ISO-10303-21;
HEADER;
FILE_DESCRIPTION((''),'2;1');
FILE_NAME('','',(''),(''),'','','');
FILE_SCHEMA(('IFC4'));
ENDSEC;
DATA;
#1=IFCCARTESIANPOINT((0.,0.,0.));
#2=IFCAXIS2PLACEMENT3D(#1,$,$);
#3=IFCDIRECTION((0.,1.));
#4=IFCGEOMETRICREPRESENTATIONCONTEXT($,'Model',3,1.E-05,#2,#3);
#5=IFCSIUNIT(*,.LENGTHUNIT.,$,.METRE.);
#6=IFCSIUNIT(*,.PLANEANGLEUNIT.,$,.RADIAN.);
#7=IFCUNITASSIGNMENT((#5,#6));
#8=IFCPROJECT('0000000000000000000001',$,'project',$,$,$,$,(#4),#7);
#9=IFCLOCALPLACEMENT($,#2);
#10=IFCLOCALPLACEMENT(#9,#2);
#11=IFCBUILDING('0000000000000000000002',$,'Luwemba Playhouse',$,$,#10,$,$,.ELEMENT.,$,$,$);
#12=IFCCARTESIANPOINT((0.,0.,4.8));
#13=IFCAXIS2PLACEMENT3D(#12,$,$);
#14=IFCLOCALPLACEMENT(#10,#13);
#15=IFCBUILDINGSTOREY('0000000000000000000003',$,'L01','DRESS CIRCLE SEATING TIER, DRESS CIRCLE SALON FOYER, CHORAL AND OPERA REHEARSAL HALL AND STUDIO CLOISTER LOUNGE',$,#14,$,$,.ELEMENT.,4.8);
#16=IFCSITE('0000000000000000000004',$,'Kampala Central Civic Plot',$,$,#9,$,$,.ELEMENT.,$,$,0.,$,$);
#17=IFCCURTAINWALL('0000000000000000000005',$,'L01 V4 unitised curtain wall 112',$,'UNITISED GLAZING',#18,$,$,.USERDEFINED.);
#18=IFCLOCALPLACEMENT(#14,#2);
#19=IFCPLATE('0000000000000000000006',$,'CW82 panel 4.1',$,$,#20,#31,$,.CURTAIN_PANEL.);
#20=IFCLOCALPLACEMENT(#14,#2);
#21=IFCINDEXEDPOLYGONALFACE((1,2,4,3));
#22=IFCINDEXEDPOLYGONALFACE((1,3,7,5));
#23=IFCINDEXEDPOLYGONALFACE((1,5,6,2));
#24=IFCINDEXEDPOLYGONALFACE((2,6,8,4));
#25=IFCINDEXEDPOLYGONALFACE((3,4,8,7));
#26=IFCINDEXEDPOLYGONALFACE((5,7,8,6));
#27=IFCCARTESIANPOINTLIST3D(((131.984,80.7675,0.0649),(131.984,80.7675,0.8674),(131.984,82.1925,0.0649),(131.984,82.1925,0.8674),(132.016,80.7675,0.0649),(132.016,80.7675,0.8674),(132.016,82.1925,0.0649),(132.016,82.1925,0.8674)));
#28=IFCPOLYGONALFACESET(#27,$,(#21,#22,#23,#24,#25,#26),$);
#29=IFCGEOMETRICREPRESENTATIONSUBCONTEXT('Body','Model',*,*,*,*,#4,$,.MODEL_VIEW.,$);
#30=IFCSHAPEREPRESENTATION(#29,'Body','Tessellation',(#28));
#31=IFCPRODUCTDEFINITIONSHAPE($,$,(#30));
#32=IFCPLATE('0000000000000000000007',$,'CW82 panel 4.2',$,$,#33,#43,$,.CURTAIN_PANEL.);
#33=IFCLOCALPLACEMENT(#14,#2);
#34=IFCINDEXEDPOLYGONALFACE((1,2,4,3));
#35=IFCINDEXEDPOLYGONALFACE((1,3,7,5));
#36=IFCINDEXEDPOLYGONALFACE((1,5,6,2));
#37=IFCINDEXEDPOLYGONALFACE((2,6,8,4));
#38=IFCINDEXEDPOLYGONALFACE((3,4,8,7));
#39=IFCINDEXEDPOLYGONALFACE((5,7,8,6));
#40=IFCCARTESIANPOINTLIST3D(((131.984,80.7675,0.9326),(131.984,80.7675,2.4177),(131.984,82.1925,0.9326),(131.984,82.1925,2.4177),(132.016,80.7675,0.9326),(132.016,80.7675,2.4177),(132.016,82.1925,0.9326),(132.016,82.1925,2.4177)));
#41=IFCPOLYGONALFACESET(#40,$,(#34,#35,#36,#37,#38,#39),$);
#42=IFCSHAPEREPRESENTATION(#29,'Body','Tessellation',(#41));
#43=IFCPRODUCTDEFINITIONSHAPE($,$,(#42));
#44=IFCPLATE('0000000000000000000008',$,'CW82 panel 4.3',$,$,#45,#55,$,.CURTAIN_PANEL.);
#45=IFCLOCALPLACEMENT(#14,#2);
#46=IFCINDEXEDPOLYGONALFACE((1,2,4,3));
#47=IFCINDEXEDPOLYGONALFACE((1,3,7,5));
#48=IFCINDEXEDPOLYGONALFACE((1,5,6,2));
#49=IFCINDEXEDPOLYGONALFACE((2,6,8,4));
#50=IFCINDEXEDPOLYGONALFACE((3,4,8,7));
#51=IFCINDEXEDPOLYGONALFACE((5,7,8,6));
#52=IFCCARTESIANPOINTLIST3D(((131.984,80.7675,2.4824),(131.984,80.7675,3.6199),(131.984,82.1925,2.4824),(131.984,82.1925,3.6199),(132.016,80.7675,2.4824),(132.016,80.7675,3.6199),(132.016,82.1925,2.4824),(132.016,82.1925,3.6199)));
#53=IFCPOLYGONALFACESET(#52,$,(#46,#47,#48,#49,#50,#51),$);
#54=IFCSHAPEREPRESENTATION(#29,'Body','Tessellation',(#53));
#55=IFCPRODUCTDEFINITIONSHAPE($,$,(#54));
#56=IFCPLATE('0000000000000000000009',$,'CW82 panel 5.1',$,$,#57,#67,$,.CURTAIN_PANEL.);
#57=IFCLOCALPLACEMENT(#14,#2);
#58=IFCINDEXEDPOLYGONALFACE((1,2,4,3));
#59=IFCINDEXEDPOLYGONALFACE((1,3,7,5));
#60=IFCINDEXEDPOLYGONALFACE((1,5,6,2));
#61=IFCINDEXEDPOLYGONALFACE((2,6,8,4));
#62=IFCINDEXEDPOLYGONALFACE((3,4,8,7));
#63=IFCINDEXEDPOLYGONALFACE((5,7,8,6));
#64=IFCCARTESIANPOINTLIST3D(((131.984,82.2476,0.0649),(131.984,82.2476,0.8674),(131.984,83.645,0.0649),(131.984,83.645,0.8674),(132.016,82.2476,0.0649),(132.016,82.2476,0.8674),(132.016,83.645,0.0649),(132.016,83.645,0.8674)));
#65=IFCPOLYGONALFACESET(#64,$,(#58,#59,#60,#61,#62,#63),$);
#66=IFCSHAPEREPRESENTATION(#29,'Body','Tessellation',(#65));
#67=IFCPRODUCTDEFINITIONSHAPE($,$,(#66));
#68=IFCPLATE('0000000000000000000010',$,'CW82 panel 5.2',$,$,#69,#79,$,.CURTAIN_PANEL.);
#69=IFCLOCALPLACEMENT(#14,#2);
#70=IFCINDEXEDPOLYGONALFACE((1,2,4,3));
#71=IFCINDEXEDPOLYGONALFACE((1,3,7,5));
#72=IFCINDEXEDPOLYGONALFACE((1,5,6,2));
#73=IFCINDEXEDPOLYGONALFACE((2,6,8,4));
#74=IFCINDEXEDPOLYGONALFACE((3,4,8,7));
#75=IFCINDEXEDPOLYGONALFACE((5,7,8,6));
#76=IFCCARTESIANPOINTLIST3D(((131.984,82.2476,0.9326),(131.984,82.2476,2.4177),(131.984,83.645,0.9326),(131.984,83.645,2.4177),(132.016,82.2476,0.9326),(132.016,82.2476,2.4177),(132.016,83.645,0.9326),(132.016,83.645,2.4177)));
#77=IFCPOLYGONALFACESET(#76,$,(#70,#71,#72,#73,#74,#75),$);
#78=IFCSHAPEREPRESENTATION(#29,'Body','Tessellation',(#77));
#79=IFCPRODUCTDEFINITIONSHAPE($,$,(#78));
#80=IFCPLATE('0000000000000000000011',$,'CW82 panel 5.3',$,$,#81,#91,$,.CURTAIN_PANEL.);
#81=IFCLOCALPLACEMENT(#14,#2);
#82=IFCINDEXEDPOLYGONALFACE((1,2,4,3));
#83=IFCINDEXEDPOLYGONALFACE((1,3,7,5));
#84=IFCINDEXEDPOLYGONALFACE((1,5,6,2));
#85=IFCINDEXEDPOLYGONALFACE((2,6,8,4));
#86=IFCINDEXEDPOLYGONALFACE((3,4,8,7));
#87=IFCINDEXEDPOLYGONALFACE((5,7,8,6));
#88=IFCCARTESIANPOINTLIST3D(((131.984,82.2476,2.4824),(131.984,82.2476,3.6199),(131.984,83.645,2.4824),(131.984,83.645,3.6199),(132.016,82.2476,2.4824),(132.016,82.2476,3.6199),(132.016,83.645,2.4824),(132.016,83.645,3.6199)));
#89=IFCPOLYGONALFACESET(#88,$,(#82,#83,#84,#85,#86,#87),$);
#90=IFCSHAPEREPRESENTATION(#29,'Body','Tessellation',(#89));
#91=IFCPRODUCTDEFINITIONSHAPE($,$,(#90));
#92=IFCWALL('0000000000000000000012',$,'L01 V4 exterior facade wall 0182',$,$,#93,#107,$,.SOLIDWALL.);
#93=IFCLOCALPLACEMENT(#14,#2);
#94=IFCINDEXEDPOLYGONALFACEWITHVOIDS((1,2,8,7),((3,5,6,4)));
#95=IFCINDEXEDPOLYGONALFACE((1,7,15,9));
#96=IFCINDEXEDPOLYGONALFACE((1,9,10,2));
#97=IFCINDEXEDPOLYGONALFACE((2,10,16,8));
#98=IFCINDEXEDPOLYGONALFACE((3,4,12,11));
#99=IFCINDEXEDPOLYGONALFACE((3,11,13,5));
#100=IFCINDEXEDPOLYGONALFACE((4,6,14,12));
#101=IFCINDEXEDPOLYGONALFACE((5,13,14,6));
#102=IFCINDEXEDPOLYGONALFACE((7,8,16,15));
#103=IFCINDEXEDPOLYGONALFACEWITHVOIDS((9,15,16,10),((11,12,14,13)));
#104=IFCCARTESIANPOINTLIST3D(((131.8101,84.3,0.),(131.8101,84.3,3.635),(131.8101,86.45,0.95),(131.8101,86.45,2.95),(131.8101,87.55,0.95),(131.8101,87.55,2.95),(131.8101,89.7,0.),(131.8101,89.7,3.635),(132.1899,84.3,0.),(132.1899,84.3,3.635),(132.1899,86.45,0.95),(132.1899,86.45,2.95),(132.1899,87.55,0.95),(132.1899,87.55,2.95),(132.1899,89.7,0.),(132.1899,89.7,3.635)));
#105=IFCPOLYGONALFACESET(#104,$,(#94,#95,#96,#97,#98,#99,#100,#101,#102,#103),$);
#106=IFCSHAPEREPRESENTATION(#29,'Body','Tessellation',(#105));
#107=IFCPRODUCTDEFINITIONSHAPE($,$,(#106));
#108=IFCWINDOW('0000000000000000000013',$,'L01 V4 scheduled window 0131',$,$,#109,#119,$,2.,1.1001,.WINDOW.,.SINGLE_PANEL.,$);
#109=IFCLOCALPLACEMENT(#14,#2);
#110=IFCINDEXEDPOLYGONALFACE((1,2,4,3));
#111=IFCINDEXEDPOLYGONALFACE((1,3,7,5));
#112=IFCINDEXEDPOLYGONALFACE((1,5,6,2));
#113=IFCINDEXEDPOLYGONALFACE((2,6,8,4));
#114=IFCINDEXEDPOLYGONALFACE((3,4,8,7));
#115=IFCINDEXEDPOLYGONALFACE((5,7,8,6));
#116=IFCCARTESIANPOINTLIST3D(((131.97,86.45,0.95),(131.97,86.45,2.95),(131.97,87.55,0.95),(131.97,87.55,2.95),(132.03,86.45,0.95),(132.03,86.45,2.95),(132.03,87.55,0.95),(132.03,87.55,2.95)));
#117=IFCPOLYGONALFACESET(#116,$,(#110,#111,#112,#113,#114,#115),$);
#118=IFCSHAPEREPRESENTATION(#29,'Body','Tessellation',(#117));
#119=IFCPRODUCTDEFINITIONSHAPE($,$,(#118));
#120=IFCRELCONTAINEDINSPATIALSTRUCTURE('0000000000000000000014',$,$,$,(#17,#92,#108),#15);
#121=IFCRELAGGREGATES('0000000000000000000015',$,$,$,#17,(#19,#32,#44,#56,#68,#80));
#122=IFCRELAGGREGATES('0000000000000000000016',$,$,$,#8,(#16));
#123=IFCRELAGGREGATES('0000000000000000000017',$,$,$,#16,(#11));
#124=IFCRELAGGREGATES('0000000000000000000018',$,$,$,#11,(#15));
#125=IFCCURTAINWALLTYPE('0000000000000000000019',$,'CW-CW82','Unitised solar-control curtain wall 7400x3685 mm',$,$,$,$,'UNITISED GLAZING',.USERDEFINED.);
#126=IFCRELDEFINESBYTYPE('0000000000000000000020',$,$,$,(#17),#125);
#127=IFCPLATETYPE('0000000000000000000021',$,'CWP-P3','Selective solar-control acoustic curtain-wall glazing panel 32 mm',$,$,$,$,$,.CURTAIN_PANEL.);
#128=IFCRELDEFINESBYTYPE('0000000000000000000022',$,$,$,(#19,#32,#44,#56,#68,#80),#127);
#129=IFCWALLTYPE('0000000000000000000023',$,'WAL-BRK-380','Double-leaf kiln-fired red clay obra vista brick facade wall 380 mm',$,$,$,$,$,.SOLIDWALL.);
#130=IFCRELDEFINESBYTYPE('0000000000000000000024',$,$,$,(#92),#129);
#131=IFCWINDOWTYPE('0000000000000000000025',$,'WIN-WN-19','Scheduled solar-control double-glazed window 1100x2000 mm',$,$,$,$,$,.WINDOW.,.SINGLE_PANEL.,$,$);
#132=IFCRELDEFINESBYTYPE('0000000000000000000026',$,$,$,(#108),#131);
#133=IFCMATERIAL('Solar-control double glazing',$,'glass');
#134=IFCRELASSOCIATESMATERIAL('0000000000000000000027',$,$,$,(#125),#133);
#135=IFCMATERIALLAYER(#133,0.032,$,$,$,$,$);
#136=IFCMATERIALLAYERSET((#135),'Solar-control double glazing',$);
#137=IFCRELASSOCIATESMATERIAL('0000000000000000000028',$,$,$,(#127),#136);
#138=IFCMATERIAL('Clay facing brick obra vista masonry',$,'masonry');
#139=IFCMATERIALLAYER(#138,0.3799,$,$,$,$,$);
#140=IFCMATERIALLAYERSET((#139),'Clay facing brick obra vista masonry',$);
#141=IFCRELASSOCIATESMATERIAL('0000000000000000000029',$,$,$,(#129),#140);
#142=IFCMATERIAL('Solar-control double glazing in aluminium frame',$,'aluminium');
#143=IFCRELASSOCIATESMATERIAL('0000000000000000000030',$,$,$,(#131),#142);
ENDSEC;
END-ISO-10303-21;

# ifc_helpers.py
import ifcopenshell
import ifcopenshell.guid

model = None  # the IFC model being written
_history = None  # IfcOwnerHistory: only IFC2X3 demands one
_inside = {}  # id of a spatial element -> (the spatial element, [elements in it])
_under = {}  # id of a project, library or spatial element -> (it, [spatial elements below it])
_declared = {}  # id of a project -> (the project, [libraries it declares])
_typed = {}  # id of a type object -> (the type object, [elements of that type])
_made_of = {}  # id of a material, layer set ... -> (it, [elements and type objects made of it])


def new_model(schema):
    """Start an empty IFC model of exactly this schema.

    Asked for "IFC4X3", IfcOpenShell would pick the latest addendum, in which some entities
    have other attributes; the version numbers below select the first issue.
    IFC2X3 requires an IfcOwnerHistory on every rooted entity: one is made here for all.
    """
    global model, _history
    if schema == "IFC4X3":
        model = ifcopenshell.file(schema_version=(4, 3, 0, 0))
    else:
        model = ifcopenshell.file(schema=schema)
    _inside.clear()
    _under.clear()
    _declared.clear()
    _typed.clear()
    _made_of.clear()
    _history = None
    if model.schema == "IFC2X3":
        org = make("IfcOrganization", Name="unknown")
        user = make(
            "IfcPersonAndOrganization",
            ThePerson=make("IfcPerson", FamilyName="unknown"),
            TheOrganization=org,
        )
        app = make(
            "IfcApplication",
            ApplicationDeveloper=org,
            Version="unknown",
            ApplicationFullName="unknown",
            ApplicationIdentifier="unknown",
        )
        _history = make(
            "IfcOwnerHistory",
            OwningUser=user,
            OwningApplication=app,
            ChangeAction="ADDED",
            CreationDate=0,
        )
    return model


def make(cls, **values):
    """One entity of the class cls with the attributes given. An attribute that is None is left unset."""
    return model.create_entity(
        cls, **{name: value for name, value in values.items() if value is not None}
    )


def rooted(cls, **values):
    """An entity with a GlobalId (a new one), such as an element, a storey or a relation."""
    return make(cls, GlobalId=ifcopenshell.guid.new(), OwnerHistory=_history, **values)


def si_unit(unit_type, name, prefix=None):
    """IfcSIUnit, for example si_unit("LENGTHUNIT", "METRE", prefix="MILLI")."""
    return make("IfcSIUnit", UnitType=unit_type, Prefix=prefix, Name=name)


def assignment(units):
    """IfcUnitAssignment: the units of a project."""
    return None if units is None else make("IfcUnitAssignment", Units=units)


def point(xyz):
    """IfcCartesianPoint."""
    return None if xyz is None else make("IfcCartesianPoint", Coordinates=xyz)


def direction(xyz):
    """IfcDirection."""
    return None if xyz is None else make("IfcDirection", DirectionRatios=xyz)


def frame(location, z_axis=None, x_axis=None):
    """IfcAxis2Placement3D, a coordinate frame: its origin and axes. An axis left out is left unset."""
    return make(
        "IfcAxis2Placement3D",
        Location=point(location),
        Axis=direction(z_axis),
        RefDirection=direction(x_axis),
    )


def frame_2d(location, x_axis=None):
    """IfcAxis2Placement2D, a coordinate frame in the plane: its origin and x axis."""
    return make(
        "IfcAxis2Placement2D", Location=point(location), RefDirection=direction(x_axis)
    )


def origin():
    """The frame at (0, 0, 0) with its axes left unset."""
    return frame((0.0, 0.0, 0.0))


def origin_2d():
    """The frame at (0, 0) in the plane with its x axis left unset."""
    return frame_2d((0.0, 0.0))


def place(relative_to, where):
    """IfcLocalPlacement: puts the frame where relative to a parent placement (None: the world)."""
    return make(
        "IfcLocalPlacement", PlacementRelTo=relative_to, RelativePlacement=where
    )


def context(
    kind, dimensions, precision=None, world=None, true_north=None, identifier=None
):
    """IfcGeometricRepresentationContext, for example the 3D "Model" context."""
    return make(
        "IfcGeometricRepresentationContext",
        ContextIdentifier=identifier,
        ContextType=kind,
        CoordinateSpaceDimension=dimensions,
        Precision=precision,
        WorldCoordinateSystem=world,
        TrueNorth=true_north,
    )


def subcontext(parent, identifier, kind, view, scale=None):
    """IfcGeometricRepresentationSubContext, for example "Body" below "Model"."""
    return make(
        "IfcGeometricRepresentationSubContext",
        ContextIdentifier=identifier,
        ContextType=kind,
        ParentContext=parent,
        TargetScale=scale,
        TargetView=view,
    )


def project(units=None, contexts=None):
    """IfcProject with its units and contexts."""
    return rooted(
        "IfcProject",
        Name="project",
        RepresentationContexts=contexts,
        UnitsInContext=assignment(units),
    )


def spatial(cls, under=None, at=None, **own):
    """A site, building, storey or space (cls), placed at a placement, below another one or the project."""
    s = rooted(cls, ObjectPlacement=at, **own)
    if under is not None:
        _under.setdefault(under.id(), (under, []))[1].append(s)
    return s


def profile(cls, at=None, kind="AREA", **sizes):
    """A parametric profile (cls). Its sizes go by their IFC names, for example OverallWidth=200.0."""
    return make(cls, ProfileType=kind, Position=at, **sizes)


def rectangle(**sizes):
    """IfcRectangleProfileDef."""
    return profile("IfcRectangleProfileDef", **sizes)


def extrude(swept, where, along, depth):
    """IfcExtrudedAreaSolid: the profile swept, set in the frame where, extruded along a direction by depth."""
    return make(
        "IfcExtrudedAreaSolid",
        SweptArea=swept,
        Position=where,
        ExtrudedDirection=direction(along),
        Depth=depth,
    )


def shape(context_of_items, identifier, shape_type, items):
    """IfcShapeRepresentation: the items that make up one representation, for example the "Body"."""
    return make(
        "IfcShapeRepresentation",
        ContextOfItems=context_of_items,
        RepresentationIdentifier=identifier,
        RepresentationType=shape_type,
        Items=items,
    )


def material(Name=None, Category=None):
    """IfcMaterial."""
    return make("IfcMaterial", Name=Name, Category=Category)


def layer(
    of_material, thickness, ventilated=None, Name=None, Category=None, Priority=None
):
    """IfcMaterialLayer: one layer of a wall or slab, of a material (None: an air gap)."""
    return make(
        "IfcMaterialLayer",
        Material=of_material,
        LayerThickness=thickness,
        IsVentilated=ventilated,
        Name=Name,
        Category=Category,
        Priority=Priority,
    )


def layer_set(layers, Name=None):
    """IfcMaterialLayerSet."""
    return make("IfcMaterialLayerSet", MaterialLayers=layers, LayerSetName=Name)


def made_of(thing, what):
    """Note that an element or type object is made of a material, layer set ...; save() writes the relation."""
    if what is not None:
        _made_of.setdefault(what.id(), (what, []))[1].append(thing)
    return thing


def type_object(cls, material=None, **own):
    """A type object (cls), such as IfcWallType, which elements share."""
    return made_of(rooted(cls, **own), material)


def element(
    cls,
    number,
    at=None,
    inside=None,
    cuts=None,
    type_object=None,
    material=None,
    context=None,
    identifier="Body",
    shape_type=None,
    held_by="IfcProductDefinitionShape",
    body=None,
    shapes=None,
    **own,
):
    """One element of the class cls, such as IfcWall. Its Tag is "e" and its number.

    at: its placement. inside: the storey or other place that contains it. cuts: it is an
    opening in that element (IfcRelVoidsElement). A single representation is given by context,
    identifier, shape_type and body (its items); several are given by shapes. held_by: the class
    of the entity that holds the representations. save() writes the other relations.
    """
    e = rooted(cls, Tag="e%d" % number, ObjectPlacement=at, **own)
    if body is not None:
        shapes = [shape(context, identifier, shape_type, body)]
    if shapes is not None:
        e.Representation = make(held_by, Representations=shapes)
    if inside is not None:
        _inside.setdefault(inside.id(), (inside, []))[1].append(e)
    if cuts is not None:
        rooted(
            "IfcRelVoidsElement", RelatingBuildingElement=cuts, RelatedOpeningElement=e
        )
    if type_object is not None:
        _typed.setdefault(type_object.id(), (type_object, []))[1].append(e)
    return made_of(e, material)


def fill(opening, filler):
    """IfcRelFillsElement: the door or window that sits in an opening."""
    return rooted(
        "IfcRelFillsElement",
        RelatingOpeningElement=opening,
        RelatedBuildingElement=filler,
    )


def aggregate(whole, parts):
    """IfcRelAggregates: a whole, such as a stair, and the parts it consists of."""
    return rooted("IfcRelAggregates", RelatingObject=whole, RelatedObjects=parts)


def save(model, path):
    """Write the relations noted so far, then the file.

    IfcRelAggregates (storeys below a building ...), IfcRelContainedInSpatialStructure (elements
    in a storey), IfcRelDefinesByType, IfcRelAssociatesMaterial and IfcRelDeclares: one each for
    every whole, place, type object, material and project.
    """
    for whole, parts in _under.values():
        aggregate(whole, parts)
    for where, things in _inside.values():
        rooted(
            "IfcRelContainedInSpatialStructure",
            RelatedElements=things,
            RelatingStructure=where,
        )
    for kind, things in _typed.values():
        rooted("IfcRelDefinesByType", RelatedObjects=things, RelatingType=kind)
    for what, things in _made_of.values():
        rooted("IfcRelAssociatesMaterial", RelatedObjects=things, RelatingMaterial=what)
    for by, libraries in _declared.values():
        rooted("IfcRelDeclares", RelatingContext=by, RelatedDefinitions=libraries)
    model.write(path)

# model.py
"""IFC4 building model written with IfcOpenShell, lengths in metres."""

from ifc_helpers import new_model, si_unit, direction, frame, frame_2d, origin, origin_2d, place, context, subcontext, project, spatial, rectangle, extrude, material, layer, layer_set, type_object, element, fill, aggregate, save


model = new_model("IFC4")

# Units and contexts
model_context = context("Model", 3, precision=1e-05, world=origin(), true_north=direction((0.0, 1.0)))
body_context = subcontext(model_context, "Body", "Model", "MODEL_VIEW")
ifc_project = project(units=[si_unit("LENGTHUNIT", "METRE"), si_unit("PLANEANGLEUNIT", "RADIAN")], contexts=[model_context])

# Site, building, storey
site_placement = place(None, origin())
site = spatial("IfcSite", under=ifc_project, at=site_placement, Name="Kampala Central Civic Plot", CompositionType="ELEMENT", RefElevation=0.0)
building_placement = place(site_placement, origin())
building = spatial("IfcBuilding", under=site, at=building_placement, Name="Luwemba Playhouse", CompositionType="ELEMENT")
storey_placement = place(building_placement, frame((0.0, 0.0, 4.8)))
storey = spatial("IfcBuildingStorey", under=building, at=storey_placement, Name="L01", Description="DRESS CIRCLE SEATING TIER, DRESS CIRCLE SALON FOYER, CHORAL AND OPERA REHEARSAL HALL AND STUDIO CLOISTER LOUNGE", CompositionType="ELEMENT", Elevation=4.8)

# Curtain wall, plates
ifc_material_1 = material(Name="Solar-control double glazing", Category="glass")
curtain_wall_type = type_object("IfcCurtainWallType", Name="CW-CW82", Description="Unitised solar-control curtain wall 7400x3685 mm", ElementType="UNITISED GLAZING", PredefinedType="USERDEFINED", material=ifc_material_1)
curtain_wall_placement = place(storey_placement, origin())
curtain_wall = element("IfcCurtainWall", 1, at=curtain_wall_placement, inside=storey, type_object=curtain_wall_type, Name="L01 V4 unitised curtain wall 112", ObjectType="UNITISED GLAZING", PredefinedType="USERDEFINED")
ifc_layer_1 = layer(ifc_material_1, 0.032)
ifc_layer_set_1 = layer_set([ifc_layer_1], Name="Solar-control double glazing")
plate_type = type_object("IfcPlateType", Name="CWP-P3", Description="Selective solar-control acoustic curtain-wall glazing panel 32 mm", PredefinedType="CURTAIN_PANEL", material=ifc_layer_set_1)
plate_1_placement = place(storey_placement, frame((132.0, 81.48, 0.0649), z_axis=(0.0, 0.0, 1.0), x_axis=(0.0, 1.0, 0.0)))
plate_1 = element("IfcPlate", 2, at=plate_1_placement, type_object=plate_type, Name="CW82 panel 4.1", PredefinedType="CURTAIN_PANEL", context=body_context, shape_type="SweptSolid", body=[
    extrude(rectangle(XDim=1.425, YDim=0.032, at=origin_2d()), origin(), (0.0, 0.0, 1.0), 0.8025),
])
plate_2_placement = place(storey_placement, frame((132.0, 81.48, 0.9326), z_axis=(0.0, 0.0, 1.0), x_axis=(0.0, 1.0, 0.0)))
plate_2 = element("IfcPlate", 3, at=plate_2_placement, type_object=plate_type, Name="CW82 panel 4.2", PredefinedType="CURTAIN_PANEL", context=body_context, shape_type="SweptSolid", body=[
    extrude(rectangle(XDim=1.425, YDim=0.032, at=origin_2d()), origin(), (0.0, 0.0, 1.0), 1.4851),
])
plate_3_placement = place(storey_placement, frame((132.0, 81.48, 2.4824), z_axis=(0.0, 0.0, 1.0), x_axis=(0.0, 1.0, 0.0)))
plate_3 = element("IfcPlate", 4, at=plate_3_placement, type_object=plate_type, Name="CW82 panel 4.3", PredefinedType="CURTAIN_PANEL", context=body_context, shape_type="SweptSolid", body=[
    extrude(rectangle(XDim=1.425, YDim=0.032, at=origin_2d()), origin(), (0.0, 0.0, 1.0), 1.1375),
])
plate_4_placement = place(storey_placement, frame((132.0, 82.9463, 0.0649), z_axis=(0.0, 0.0, 1.0), x_axis=(0.0, 1.0, 0.0)))
plate_4 = element("IfcPlate", 5, at=plate_4_placement, type_object=plate_type, Name="CW82 panel 5.1", PredefinedType="CURTAIN_PANEL", context=body_context, shape_type="SweptSolid", body=[
    extrude(rectangle(XDim=1.3975, YDim=0.032, at=origin_2d()), origin(), (0.0, 0.0, 1.0), 0.8025),
])
plate_5_placement = place(storey_placement, frame((132.0, 82.9463, 0.9326), z_axis=(0.0, 0.0, 1.0), x_axis=(0.0, 1.0, 0.0)))
plate_5 = element("IfcPlate", 6, at=plate_5_placement, type_object=plate_type, Name="CW82 panel 5.2", PredefinedType="CURTAIN_PANEL", context=body_context, shape_type="SweptSolid", body=[
    extrude(rectangle(XDim=1.3975, YDim=0.032, at=origin_2d()), origin(), (0.0, 0.0, 1.0), 1.4851),
])
plate_6_placement = place(storey_placement, frame((132.0, 82.9463, 2.4824), z_axis=(0.0, 0.0, 1.0), x_axis=(0.0, 1.0, 0.0)))
plate_6 = element("IfcPlate", 7, at=plate_6_placement, type_object=plate_type, Name="CW82 panel 5.3", PredefinedType="CURTAIN_PANEL", context=body_context, shape_type="SweptSolid", body=[
    extrude(rectangle(XDim=1.3975, YDim=0.032, at=origin_2d()), origin(), (0.0, 0.0, 1.0), 1.1375),
])
aggregate(curtain_wall, [plate_1, plate_2, plate_3, plate_4, plate_5, plate_6])

# Wall, opening, window
ifc_material_2 = material(Name="Clay facing brick obra vista masonry", Category="masonry")
ifc_layer_2 = layer(ifc_material_2, 0.3799)
ifc_layer_set_2 = layer_set([ifc_layer_2], Name="Clay facing brick obra vista masonry")
wall_type = type_object("IfcWallType", Name="WAL-BRK-380", Description="Double-leaf kiln-fired red clay obra vista brick facade wall 380 mm", PredefinedType="SOLIDWALL", material=ifc_layer_set_2)
wall_placement = place(storey_placement, frame((132.0, 84.3, 0.0), z_axis=(0.0, 0.0, 1.0), x_axis=(0.0, 1.0, 0.0)))
wall = element("IfcWall", 8, at=wall_placement, inside=storey, type_object=wall_type, Name="L01 V4 exterior facade wall 0182", PredefinedType="SOLIDWALL", context=body_context, shape_type="SweptSolid", body=[
    extrude(rectangle(XDim=5.3999, YDim=0.3799, at=frame_2d((2.7, 0.0))), origin(), (0.0, 0.0, 1.0), 3.635),
])
opening_placement = place(wall_placement, frame((2.1499, 0.0, 0.95)))
opening = element("IfcOpeningElement", 9, at=opening_placement, cuts=wall, PredefinedType="OPENING", context=body_context, shape_type="SweptSolid", body=[
    extrude(rectangle(XDim=1.1001, YDim=2.0, at=frame_2d((0.55, 1.0))), frame((0.0, 0.2, 0.0), z_axis=(0.0, -1.0, 0.0), x_axis=(1.0, 0.0, 0.0)), (0.0, 0.0, 1.0), 0.3999),
])
ifc_material_3 = material(Name="Solar-control double glazing in aluminium frame", Category="aluminium")
window_type = type_object("IfcWindowType", Name="WIN-WN-19", Description="Scheduled solar-control double-glazed window 1100x2000 mm", PartitioningType="SINGLE_PANEL", PredefinedType="WINDOW", material=ifc_material_3)
window_placement = place(opening_placement, origin())
window = element("IfcWindow", 10, at=window_placement, inside=storey, type_object=window_type, Name="L01 V4 scheduled window 0131", OverallHeight=2.0, OverallWidth=1.1001, PartitioningType="SINGLE_PANEL", PredefinedType="WINDOW", context=body_context, shape_type="SweptSolid", body=[
    extrude(rectangle(XDim=1.1001, YDim=2.0, at=frame_2d((0.55, 1.0))), frame((0.0, 0.03, 0.0), z_axis=(0.0, -1.0, 0.0), x_axis=(1.0, 0.0, 0.0)), (0.0, 0.0, 1.0), 0.0601),
])
fill(opening, window)

save(model, "model.ifc")
